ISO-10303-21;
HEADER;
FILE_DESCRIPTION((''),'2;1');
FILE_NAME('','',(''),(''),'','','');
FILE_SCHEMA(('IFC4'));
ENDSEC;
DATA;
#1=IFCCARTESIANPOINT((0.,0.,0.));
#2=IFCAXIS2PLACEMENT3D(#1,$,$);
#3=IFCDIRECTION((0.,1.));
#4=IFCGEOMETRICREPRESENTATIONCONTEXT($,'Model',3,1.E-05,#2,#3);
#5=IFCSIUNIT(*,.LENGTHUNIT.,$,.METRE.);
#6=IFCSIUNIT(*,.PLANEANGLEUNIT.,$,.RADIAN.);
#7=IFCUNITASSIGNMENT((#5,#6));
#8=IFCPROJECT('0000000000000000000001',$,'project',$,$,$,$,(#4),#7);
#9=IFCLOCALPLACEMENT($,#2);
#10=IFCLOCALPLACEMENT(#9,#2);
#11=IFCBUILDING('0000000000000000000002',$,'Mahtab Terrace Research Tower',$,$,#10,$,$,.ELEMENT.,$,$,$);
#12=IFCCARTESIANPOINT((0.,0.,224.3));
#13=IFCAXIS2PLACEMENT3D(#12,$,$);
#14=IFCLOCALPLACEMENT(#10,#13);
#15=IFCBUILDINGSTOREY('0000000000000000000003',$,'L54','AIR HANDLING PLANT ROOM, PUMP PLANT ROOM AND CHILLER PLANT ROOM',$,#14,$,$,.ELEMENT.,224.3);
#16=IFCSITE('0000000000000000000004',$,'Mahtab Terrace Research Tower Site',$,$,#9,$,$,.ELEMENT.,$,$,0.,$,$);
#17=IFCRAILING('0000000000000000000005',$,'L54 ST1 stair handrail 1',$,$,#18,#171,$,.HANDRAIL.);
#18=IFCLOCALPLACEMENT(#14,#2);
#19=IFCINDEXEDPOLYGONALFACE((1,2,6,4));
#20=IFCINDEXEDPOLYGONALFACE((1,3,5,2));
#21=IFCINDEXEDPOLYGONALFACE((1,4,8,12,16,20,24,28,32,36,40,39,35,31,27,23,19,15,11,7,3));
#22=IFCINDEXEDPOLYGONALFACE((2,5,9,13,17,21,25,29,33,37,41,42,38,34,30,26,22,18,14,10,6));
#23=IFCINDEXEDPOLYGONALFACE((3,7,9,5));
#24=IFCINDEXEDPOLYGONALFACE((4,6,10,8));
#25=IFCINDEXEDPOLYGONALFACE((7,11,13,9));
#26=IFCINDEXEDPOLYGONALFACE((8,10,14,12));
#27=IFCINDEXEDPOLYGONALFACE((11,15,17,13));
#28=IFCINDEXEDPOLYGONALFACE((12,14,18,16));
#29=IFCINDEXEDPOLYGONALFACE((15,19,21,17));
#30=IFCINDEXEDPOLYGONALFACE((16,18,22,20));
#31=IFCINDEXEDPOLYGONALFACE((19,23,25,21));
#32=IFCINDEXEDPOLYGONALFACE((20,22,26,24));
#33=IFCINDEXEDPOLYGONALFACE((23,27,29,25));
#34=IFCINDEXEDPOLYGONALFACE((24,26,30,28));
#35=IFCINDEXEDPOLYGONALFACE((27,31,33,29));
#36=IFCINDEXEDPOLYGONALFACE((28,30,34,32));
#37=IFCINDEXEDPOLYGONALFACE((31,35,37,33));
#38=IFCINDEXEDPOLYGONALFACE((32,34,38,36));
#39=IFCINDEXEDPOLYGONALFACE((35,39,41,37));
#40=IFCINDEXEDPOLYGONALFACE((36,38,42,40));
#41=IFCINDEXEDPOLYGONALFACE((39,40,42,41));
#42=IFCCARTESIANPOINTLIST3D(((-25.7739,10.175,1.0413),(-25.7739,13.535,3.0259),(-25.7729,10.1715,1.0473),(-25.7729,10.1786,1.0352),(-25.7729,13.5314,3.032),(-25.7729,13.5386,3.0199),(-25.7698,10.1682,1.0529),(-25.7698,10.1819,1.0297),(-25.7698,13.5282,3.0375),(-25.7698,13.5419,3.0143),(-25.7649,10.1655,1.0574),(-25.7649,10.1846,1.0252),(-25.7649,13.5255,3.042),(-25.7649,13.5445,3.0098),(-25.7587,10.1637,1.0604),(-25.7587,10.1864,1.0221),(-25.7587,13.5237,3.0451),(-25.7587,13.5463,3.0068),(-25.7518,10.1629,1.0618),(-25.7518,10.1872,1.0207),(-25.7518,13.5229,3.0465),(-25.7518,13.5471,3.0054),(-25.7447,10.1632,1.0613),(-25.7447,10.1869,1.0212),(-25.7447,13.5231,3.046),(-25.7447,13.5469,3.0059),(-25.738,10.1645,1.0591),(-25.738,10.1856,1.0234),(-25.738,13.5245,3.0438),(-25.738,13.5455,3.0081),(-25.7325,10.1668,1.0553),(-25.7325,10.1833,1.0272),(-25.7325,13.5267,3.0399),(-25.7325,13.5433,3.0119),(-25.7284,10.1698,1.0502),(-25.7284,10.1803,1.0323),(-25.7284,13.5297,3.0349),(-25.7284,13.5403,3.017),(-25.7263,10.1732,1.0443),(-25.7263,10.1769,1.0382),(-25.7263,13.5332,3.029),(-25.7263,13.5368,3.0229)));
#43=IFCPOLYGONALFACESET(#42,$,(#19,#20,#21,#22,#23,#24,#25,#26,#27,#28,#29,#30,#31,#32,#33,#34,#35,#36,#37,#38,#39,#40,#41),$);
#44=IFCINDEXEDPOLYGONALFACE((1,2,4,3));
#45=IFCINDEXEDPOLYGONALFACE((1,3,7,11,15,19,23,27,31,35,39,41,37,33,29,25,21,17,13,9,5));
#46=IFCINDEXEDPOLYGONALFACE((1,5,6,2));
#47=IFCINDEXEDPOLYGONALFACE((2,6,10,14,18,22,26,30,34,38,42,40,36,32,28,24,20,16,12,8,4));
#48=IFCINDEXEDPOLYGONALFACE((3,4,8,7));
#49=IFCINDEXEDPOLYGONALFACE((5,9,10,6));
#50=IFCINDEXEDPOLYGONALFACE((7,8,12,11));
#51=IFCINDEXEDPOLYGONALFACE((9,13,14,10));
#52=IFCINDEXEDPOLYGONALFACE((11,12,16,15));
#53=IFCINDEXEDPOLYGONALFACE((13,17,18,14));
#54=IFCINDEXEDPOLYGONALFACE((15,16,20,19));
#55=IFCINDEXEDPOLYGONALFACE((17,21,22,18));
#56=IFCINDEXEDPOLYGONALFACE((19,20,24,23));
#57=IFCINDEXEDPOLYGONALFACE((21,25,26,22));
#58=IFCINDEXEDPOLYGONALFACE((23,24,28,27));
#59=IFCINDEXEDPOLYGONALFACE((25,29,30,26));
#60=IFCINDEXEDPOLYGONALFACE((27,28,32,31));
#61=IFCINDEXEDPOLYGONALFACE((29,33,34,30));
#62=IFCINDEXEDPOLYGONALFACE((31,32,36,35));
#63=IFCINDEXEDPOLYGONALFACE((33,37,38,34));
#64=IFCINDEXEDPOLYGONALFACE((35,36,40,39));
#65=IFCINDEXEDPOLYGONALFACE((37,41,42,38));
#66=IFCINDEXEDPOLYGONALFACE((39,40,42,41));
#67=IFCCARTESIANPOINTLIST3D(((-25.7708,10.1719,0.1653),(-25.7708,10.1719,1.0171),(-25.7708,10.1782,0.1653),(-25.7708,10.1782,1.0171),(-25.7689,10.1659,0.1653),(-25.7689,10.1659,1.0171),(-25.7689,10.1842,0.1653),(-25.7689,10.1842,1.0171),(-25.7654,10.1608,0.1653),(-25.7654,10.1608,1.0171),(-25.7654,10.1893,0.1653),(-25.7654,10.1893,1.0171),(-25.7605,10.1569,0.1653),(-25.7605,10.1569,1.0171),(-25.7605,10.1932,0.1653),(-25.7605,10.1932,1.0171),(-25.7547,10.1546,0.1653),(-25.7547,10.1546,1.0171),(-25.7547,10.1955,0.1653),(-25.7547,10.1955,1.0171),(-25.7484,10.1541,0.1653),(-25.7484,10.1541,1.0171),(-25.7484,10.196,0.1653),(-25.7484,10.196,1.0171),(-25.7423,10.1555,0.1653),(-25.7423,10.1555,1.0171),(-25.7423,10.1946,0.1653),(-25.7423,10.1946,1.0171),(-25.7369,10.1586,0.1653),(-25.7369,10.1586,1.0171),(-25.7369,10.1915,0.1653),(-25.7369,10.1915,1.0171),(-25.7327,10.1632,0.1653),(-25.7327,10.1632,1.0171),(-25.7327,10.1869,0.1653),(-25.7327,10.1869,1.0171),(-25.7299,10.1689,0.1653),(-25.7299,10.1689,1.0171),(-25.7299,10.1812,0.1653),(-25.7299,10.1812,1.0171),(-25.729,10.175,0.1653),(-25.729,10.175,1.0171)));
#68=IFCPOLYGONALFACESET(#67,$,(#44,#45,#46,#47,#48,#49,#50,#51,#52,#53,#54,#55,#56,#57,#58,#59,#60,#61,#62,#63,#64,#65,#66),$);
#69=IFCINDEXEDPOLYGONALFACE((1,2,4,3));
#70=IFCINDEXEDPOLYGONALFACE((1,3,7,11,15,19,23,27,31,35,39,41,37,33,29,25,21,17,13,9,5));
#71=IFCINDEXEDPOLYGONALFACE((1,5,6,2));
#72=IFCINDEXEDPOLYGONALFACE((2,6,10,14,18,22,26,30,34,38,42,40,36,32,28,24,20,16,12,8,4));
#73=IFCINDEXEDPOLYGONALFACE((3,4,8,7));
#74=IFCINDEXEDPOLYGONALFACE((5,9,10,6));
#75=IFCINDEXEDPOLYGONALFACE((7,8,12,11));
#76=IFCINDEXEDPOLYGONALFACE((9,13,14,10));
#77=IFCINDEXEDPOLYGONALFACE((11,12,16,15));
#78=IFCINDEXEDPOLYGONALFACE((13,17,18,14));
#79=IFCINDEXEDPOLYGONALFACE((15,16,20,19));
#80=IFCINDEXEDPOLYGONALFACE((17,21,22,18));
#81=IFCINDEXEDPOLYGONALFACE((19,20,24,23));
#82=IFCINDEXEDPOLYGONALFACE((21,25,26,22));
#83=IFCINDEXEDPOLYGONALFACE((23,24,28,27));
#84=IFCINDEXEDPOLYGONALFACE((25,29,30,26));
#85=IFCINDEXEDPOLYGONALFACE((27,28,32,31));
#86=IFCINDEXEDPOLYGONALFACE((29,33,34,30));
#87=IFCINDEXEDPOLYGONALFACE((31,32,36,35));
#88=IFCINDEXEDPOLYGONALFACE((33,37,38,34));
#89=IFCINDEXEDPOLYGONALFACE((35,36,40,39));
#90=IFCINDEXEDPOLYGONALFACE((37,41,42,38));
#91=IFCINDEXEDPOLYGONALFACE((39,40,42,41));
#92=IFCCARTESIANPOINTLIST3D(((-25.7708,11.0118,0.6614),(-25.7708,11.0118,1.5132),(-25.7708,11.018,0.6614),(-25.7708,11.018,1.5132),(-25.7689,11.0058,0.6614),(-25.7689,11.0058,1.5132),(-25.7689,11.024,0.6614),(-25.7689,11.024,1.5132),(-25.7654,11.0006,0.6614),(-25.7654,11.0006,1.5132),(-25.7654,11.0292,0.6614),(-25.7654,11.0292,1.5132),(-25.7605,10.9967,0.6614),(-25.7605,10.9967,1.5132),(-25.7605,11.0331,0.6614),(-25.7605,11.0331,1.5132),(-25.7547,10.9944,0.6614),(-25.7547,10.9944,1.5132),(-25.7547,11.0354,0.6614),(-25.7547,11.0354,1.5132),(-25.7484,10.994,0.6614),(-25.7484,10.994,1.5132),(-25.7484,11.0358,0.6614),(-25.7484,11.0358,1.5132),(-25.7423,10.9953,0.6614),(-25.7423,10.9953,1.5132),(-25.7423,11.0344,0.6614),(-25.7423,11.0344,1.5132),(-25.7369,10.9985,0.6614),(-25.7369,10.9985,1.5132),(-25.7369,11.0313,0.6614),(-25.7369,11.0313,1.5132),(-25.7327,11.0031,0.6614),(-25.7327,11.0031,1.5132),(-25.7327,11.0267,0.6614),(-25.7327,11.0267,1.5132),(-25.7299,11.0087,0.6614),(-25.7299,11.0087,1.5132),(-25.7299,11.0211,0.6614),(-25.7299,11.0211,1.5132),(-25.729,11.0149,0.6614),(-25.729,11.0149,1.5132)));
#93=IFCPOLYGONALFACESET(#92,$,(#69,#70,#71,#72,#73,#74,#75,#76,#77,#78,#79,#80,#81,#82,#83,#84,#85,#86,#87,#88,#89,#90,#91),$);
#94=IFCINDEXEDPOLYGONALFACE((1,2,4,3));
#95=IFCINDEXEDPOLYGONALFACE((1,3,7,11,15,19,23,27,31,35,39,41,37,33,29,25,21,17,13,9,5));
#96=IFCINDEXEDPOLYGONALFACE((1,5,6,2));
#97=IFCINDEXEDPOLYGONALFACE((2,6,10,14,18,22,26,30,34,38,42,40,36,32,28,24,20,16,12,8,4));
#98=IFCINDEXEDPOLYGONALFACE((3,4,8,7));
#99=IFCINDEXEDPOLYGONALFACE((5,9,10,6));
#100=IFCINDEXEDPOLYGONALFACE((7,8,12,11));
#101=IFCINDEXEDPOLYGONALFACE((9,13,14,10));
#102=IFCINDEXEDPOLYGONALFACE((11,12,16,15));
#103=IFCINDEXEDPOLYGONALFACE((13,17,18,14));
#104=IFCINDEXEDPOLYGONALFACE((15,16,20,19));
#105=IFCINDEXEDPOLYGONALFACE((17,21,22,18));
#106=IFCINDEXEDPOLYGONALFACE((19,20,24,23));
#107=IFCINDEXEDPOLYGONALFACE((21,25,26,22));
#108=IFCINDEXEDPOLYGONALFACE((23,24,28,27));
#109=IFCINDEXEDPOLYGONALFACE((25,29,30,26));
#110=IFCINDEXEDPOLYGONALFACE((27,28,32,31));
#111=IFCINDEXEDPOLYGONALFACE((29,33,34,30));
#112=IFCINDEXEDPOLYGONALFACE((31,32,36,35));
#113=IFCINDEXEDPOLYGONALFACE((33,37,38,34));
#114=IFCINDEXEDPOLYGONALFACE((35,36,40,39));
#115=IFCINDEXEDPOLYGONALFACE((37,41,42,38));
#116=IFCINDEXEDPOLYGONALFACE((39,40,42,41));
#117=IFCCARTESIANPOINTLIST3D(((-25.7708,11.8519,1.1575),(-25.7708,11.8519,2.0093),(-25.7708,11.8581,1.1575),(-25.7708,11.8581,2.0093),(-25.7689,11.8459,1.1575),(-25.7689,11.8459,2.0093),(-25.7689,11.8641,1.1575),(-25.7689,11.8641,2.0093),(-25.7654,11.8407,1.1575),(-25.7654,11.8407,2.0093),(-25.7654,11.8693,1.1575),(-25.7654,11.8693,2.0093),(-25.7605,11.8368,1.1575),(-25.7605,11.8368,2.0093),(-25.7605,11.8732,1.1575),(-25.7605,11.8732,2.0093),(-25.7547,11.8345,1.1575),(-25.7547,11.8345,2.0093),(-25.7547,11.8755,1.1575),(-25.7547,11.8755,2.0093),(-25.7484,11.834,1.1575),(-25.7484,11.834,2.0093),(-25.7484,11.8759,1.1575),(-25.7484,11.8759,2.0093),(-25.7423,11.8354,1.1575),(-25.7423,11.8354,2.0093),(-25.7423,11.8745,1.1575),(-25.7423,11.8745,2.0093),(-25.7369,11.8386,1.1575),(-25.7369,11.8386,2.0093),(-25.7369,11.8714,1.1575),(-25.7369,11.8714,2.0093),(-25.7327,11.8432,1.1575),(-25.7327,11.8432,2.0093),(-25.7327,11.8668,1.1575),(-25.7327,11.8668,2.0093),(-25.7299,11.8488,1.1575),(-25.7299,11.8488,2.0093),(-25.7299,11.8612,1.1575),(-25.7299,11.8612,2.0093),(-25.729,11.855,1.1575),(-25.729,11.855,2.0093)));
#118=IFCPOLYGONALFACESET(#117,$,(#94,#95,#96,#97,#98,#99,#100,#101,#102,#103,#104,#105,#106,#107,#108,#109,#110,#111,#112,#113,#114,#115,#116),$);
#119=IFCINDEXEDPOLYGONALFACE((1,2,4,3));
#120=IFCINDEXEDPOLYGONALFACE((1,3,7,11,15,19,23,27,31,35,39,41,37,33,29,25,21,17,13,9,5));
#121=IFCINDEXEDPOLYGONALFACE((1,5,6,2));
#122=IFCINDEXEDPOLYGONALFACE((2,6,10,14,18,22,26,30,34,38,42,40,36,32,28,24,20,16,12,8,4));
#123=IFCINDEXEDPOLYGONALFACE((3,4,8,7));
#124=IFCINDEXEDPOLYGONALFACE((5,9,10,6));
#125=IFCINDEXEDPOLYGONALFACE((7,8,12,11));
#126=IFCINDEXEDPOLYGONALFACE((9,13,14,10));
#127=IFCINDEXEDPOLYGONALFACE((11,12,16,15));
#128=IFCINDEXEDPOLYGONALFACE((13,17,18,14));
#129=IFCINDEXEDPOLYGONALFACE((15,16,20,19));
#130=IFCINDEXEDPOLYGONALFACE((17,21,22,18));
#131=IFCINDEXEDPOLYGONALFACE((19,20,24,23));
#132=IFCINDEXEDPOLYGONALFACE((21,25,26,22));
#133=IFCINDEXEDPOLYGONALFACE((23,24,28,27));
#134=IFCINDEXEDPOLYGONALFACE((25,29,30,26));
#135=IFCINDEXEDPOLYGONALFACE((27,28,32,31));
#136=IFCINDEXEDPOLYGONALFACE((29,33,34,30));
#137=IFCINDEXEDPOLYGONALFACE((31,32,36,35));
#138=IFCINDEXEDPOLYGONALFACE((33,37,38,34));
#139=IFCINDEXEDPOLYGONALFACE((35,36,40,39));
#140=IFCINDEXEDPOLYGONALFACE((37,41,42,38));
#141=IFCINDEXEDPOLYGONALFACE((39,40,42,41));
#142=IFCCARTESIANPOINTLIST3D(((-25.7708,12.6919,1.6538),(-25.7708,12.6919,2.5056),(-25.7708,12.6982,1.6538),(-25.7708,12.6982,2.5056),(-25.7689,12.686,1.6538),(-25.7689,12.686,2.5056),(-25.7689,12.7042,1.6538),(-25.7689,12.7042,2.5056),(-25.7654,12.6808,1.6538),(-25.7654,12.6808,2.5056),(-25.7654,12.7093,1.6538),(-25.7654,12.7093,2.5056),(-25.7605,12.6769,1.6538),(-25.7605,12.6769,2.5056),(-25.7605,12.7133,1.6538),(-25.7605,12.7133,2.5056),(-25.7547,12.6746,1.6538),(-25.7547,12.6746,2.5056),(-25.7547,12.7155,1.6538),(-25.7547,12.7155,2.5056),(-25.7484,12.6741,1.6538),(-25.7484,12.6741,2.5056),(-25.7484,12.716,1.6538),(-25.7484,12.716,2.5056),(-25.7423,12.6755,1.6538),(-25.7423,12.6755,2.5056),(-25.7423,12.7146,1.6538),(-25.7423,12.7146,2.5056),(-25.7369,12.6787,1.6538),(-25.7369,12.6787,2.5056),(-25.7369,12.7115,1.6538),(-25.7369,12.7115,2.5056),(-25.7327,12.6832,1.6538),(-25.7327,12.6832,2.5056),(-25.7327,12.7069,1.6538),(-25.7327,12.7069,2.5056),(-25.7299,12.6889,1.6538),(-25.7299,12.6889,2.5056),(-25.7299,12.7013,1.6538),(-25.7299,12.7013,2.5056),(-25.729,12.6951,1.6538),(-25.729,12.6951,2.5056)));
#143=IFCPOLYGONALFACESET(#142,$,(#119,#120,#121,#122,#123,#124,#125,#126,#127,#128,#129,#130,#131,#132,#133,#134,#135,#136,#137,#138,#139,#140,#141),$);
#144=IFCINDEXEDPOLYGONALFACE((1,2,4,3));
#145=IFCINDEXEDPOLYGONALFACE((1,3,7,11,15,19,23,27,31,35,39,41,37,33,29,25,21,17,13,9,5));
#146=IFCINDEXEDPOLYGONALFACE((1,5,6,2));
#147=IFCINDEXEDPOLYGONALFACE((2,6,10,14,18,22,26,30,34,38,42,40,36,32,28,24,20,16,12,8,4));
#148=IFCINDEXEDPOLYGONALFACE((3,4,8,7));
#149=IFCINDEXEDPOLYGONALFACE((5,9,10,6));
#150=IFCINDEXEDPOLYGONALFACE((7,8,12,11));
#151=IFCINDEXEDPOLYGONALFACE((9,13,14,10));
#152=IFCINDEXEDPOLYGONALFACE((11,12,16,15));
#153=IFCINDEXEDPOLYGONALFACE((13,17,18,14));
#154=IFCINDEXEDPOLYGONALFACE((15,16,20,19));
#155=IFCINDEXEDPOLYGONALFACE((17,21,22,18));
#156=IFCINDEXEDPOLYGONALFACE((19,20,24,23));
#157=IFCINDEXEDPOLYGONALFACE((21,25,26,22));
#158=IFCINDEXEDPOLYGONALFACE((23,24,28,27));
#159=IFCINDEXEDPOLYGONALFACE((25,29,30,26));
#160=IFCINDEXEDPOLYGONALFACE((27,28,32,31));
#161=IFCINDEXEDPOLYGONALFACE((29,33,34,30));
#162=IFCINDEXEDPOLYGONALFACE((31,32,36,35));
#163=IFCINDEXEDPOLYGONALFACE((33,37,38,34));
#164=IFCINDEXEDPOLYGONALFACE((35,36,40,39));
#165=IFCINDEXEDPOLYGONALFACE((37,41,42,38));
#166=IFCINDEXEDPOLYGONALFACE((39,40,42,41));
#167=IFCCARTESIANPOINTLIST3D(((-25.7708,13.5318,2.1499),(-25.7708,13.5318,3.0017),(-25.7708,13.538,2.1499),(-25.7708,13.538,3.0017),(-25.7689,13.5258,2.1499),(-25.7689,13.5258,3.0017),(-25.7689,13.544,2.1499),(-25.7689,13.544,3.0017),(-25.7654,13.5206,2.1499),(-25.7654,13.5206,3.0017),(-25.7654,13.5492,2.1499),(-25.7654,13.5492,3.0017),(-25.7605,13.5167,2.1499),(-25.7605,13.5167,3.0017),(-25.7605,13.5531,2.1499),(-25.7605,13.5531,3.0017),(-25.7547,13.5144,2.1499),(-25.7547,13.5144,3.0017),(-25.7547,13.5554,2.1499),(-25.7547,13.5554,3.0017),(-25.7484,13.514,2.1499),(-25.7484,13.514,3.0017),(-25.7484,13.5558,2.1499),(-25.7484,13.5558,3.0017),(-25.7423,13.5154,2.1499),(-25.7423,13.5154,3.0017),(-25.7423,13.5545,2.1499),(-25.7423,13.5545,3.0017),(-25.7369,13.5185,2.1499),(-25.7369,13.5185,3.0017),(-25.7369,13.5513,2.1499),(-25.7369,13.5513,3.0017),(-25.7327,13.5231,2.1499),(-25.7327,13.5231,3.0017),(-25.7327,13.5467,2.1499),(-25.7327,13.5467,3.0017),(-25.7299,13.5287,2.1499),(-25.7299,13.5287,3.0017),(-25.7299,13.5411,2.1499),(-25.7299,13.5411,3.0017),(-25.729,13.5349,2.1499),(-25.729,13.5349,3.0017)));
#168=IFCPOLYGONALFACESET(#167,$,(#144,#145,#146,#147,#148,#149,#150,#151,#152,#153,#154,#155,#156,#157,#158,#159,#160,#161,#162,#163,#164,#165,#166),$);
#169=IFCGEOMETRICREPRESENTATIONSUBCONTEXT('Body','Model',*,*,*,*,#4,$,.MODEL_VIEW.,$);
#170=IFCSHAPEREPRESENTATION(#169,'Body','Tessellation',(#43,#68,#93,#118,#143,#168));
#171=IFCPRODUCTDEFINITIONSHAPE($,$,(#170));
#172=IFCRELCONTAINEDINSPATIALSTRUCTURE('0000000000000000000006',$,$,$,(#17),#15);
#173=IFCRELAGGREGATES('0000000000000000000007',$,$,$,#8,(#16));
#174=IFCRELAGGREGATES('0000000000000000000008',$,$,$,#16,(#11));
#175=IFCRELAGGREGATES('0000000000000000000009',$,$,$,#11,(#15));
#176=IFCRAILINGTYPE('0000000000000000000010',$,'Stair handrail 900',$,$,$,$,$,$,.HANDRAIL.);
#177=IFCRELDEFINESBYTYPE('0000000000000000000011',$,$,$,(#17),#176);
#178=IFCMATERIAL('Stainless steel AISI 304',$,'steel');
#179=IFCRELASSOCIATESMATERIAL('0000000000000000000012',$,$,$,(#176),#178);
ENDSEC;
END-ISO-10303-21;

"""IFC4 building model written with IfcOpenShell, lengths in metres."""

from ifc_helpers import new_model, si_unit, direction, frame, origin, origin_2d, place, context, subcontext, project, spatial, circle, extrude, material, type_object, element, save


model = new_model("IFC4")

# Units and contexts
model_context = context("Model", 3, precision=1e-05, world=origin(), true_north=direction((0.0, 1.0)))
body_context = subcontext(model_context, "Body", "Model", "MODEL_VIEW")
ifc_project = project(units=[si_unit("LENGTHUNIT", "METRE"), si_unit("PLANEANGLEUNIT", "RADIAN")], contexts=[model_context])

# Site, building, storey
site_placement = place(None, origin())
site = spatial("IfcSite", under=ifc_project, at=site_placement, Name="Mahtab Terrace Research Tower Site", CompositionType="ELEMENT", RefElevation=0.0)
building_placement = place(site_placement, origin())
building = spatial("IfcBuilding", under=site, at=building_placement, Name="Mahtab Terrace Research Tower", CompositionType="ELEMENT")
storey_placement = place(building_placement, frame((0.0, 0.0, 224.3)))
storey = spatial("IfcBuildingStorey", under=building, at=storey_placement, Name="L54", Description="AIR HANDLING PLANT ROOM, PUMP PLANT ROOM AND CHILLER PLANT ROOM", CompositionType="ELEMENT", Elevation=224.3)

# Railing
ifc_material_1 = material(Name="Stainless steel AISI 304", Category="steel")
railing_type_1 = type_object("IfcRailingType", Name="Stair handrail 900", PredefinedType="HANDRAIL", material=ifc_material_1)
railing_1_placement = place(storey_placement, frame((-25.75, 10.175, 0.1653)))
element("IfcRailing", 1, at=railing_1_placement, inside=storey, type_object=railing_type_1, Name="L54 ST1 stair handrail 1", PredefinedType="HANDRAIL", context=body_context, shape_type="SweptSolid", body=[
    extrude(circle(Radius=0.0239, at=origin_2d()), frame((0.0, 0.0, 0.876), z_axis=(0.0, 0.861011, 0.508586), x_axis=(-1.0, 0.0, 0.0)), (0.0, 0.0, 1.0), 3.9023),
    extrude(circle(Radius=0.021, at=origin_2d()), origin(), (0.0, 0.0, 1.0), 0.8518),
    extrude(circle(Radius=0.021, at=origin_2d()), frame((0.0, 0.8398, 0.4961)), (0.0, 0.0, 1.0), 0.8518),
    extrude(circle(Radius=0.021, at=origin_2d()), frame((0.0, 1.6799, 0.9922)), (0.0, 0.0, 1.0), 0.8518),
    extrude(circle(Radius=0.021, at=origin_2d()), frame((0.0, 2.52, 1.4885)), (0.0, 0.0, 1.0), 0.8518),
    extrude(circle(Radius=0.021, at=origin_2d()), frame((0.0, 3.3599, 1.9846)), (0.0, 0.0, 1.0), 0.8518),
])

save(model, "model.ifc")
